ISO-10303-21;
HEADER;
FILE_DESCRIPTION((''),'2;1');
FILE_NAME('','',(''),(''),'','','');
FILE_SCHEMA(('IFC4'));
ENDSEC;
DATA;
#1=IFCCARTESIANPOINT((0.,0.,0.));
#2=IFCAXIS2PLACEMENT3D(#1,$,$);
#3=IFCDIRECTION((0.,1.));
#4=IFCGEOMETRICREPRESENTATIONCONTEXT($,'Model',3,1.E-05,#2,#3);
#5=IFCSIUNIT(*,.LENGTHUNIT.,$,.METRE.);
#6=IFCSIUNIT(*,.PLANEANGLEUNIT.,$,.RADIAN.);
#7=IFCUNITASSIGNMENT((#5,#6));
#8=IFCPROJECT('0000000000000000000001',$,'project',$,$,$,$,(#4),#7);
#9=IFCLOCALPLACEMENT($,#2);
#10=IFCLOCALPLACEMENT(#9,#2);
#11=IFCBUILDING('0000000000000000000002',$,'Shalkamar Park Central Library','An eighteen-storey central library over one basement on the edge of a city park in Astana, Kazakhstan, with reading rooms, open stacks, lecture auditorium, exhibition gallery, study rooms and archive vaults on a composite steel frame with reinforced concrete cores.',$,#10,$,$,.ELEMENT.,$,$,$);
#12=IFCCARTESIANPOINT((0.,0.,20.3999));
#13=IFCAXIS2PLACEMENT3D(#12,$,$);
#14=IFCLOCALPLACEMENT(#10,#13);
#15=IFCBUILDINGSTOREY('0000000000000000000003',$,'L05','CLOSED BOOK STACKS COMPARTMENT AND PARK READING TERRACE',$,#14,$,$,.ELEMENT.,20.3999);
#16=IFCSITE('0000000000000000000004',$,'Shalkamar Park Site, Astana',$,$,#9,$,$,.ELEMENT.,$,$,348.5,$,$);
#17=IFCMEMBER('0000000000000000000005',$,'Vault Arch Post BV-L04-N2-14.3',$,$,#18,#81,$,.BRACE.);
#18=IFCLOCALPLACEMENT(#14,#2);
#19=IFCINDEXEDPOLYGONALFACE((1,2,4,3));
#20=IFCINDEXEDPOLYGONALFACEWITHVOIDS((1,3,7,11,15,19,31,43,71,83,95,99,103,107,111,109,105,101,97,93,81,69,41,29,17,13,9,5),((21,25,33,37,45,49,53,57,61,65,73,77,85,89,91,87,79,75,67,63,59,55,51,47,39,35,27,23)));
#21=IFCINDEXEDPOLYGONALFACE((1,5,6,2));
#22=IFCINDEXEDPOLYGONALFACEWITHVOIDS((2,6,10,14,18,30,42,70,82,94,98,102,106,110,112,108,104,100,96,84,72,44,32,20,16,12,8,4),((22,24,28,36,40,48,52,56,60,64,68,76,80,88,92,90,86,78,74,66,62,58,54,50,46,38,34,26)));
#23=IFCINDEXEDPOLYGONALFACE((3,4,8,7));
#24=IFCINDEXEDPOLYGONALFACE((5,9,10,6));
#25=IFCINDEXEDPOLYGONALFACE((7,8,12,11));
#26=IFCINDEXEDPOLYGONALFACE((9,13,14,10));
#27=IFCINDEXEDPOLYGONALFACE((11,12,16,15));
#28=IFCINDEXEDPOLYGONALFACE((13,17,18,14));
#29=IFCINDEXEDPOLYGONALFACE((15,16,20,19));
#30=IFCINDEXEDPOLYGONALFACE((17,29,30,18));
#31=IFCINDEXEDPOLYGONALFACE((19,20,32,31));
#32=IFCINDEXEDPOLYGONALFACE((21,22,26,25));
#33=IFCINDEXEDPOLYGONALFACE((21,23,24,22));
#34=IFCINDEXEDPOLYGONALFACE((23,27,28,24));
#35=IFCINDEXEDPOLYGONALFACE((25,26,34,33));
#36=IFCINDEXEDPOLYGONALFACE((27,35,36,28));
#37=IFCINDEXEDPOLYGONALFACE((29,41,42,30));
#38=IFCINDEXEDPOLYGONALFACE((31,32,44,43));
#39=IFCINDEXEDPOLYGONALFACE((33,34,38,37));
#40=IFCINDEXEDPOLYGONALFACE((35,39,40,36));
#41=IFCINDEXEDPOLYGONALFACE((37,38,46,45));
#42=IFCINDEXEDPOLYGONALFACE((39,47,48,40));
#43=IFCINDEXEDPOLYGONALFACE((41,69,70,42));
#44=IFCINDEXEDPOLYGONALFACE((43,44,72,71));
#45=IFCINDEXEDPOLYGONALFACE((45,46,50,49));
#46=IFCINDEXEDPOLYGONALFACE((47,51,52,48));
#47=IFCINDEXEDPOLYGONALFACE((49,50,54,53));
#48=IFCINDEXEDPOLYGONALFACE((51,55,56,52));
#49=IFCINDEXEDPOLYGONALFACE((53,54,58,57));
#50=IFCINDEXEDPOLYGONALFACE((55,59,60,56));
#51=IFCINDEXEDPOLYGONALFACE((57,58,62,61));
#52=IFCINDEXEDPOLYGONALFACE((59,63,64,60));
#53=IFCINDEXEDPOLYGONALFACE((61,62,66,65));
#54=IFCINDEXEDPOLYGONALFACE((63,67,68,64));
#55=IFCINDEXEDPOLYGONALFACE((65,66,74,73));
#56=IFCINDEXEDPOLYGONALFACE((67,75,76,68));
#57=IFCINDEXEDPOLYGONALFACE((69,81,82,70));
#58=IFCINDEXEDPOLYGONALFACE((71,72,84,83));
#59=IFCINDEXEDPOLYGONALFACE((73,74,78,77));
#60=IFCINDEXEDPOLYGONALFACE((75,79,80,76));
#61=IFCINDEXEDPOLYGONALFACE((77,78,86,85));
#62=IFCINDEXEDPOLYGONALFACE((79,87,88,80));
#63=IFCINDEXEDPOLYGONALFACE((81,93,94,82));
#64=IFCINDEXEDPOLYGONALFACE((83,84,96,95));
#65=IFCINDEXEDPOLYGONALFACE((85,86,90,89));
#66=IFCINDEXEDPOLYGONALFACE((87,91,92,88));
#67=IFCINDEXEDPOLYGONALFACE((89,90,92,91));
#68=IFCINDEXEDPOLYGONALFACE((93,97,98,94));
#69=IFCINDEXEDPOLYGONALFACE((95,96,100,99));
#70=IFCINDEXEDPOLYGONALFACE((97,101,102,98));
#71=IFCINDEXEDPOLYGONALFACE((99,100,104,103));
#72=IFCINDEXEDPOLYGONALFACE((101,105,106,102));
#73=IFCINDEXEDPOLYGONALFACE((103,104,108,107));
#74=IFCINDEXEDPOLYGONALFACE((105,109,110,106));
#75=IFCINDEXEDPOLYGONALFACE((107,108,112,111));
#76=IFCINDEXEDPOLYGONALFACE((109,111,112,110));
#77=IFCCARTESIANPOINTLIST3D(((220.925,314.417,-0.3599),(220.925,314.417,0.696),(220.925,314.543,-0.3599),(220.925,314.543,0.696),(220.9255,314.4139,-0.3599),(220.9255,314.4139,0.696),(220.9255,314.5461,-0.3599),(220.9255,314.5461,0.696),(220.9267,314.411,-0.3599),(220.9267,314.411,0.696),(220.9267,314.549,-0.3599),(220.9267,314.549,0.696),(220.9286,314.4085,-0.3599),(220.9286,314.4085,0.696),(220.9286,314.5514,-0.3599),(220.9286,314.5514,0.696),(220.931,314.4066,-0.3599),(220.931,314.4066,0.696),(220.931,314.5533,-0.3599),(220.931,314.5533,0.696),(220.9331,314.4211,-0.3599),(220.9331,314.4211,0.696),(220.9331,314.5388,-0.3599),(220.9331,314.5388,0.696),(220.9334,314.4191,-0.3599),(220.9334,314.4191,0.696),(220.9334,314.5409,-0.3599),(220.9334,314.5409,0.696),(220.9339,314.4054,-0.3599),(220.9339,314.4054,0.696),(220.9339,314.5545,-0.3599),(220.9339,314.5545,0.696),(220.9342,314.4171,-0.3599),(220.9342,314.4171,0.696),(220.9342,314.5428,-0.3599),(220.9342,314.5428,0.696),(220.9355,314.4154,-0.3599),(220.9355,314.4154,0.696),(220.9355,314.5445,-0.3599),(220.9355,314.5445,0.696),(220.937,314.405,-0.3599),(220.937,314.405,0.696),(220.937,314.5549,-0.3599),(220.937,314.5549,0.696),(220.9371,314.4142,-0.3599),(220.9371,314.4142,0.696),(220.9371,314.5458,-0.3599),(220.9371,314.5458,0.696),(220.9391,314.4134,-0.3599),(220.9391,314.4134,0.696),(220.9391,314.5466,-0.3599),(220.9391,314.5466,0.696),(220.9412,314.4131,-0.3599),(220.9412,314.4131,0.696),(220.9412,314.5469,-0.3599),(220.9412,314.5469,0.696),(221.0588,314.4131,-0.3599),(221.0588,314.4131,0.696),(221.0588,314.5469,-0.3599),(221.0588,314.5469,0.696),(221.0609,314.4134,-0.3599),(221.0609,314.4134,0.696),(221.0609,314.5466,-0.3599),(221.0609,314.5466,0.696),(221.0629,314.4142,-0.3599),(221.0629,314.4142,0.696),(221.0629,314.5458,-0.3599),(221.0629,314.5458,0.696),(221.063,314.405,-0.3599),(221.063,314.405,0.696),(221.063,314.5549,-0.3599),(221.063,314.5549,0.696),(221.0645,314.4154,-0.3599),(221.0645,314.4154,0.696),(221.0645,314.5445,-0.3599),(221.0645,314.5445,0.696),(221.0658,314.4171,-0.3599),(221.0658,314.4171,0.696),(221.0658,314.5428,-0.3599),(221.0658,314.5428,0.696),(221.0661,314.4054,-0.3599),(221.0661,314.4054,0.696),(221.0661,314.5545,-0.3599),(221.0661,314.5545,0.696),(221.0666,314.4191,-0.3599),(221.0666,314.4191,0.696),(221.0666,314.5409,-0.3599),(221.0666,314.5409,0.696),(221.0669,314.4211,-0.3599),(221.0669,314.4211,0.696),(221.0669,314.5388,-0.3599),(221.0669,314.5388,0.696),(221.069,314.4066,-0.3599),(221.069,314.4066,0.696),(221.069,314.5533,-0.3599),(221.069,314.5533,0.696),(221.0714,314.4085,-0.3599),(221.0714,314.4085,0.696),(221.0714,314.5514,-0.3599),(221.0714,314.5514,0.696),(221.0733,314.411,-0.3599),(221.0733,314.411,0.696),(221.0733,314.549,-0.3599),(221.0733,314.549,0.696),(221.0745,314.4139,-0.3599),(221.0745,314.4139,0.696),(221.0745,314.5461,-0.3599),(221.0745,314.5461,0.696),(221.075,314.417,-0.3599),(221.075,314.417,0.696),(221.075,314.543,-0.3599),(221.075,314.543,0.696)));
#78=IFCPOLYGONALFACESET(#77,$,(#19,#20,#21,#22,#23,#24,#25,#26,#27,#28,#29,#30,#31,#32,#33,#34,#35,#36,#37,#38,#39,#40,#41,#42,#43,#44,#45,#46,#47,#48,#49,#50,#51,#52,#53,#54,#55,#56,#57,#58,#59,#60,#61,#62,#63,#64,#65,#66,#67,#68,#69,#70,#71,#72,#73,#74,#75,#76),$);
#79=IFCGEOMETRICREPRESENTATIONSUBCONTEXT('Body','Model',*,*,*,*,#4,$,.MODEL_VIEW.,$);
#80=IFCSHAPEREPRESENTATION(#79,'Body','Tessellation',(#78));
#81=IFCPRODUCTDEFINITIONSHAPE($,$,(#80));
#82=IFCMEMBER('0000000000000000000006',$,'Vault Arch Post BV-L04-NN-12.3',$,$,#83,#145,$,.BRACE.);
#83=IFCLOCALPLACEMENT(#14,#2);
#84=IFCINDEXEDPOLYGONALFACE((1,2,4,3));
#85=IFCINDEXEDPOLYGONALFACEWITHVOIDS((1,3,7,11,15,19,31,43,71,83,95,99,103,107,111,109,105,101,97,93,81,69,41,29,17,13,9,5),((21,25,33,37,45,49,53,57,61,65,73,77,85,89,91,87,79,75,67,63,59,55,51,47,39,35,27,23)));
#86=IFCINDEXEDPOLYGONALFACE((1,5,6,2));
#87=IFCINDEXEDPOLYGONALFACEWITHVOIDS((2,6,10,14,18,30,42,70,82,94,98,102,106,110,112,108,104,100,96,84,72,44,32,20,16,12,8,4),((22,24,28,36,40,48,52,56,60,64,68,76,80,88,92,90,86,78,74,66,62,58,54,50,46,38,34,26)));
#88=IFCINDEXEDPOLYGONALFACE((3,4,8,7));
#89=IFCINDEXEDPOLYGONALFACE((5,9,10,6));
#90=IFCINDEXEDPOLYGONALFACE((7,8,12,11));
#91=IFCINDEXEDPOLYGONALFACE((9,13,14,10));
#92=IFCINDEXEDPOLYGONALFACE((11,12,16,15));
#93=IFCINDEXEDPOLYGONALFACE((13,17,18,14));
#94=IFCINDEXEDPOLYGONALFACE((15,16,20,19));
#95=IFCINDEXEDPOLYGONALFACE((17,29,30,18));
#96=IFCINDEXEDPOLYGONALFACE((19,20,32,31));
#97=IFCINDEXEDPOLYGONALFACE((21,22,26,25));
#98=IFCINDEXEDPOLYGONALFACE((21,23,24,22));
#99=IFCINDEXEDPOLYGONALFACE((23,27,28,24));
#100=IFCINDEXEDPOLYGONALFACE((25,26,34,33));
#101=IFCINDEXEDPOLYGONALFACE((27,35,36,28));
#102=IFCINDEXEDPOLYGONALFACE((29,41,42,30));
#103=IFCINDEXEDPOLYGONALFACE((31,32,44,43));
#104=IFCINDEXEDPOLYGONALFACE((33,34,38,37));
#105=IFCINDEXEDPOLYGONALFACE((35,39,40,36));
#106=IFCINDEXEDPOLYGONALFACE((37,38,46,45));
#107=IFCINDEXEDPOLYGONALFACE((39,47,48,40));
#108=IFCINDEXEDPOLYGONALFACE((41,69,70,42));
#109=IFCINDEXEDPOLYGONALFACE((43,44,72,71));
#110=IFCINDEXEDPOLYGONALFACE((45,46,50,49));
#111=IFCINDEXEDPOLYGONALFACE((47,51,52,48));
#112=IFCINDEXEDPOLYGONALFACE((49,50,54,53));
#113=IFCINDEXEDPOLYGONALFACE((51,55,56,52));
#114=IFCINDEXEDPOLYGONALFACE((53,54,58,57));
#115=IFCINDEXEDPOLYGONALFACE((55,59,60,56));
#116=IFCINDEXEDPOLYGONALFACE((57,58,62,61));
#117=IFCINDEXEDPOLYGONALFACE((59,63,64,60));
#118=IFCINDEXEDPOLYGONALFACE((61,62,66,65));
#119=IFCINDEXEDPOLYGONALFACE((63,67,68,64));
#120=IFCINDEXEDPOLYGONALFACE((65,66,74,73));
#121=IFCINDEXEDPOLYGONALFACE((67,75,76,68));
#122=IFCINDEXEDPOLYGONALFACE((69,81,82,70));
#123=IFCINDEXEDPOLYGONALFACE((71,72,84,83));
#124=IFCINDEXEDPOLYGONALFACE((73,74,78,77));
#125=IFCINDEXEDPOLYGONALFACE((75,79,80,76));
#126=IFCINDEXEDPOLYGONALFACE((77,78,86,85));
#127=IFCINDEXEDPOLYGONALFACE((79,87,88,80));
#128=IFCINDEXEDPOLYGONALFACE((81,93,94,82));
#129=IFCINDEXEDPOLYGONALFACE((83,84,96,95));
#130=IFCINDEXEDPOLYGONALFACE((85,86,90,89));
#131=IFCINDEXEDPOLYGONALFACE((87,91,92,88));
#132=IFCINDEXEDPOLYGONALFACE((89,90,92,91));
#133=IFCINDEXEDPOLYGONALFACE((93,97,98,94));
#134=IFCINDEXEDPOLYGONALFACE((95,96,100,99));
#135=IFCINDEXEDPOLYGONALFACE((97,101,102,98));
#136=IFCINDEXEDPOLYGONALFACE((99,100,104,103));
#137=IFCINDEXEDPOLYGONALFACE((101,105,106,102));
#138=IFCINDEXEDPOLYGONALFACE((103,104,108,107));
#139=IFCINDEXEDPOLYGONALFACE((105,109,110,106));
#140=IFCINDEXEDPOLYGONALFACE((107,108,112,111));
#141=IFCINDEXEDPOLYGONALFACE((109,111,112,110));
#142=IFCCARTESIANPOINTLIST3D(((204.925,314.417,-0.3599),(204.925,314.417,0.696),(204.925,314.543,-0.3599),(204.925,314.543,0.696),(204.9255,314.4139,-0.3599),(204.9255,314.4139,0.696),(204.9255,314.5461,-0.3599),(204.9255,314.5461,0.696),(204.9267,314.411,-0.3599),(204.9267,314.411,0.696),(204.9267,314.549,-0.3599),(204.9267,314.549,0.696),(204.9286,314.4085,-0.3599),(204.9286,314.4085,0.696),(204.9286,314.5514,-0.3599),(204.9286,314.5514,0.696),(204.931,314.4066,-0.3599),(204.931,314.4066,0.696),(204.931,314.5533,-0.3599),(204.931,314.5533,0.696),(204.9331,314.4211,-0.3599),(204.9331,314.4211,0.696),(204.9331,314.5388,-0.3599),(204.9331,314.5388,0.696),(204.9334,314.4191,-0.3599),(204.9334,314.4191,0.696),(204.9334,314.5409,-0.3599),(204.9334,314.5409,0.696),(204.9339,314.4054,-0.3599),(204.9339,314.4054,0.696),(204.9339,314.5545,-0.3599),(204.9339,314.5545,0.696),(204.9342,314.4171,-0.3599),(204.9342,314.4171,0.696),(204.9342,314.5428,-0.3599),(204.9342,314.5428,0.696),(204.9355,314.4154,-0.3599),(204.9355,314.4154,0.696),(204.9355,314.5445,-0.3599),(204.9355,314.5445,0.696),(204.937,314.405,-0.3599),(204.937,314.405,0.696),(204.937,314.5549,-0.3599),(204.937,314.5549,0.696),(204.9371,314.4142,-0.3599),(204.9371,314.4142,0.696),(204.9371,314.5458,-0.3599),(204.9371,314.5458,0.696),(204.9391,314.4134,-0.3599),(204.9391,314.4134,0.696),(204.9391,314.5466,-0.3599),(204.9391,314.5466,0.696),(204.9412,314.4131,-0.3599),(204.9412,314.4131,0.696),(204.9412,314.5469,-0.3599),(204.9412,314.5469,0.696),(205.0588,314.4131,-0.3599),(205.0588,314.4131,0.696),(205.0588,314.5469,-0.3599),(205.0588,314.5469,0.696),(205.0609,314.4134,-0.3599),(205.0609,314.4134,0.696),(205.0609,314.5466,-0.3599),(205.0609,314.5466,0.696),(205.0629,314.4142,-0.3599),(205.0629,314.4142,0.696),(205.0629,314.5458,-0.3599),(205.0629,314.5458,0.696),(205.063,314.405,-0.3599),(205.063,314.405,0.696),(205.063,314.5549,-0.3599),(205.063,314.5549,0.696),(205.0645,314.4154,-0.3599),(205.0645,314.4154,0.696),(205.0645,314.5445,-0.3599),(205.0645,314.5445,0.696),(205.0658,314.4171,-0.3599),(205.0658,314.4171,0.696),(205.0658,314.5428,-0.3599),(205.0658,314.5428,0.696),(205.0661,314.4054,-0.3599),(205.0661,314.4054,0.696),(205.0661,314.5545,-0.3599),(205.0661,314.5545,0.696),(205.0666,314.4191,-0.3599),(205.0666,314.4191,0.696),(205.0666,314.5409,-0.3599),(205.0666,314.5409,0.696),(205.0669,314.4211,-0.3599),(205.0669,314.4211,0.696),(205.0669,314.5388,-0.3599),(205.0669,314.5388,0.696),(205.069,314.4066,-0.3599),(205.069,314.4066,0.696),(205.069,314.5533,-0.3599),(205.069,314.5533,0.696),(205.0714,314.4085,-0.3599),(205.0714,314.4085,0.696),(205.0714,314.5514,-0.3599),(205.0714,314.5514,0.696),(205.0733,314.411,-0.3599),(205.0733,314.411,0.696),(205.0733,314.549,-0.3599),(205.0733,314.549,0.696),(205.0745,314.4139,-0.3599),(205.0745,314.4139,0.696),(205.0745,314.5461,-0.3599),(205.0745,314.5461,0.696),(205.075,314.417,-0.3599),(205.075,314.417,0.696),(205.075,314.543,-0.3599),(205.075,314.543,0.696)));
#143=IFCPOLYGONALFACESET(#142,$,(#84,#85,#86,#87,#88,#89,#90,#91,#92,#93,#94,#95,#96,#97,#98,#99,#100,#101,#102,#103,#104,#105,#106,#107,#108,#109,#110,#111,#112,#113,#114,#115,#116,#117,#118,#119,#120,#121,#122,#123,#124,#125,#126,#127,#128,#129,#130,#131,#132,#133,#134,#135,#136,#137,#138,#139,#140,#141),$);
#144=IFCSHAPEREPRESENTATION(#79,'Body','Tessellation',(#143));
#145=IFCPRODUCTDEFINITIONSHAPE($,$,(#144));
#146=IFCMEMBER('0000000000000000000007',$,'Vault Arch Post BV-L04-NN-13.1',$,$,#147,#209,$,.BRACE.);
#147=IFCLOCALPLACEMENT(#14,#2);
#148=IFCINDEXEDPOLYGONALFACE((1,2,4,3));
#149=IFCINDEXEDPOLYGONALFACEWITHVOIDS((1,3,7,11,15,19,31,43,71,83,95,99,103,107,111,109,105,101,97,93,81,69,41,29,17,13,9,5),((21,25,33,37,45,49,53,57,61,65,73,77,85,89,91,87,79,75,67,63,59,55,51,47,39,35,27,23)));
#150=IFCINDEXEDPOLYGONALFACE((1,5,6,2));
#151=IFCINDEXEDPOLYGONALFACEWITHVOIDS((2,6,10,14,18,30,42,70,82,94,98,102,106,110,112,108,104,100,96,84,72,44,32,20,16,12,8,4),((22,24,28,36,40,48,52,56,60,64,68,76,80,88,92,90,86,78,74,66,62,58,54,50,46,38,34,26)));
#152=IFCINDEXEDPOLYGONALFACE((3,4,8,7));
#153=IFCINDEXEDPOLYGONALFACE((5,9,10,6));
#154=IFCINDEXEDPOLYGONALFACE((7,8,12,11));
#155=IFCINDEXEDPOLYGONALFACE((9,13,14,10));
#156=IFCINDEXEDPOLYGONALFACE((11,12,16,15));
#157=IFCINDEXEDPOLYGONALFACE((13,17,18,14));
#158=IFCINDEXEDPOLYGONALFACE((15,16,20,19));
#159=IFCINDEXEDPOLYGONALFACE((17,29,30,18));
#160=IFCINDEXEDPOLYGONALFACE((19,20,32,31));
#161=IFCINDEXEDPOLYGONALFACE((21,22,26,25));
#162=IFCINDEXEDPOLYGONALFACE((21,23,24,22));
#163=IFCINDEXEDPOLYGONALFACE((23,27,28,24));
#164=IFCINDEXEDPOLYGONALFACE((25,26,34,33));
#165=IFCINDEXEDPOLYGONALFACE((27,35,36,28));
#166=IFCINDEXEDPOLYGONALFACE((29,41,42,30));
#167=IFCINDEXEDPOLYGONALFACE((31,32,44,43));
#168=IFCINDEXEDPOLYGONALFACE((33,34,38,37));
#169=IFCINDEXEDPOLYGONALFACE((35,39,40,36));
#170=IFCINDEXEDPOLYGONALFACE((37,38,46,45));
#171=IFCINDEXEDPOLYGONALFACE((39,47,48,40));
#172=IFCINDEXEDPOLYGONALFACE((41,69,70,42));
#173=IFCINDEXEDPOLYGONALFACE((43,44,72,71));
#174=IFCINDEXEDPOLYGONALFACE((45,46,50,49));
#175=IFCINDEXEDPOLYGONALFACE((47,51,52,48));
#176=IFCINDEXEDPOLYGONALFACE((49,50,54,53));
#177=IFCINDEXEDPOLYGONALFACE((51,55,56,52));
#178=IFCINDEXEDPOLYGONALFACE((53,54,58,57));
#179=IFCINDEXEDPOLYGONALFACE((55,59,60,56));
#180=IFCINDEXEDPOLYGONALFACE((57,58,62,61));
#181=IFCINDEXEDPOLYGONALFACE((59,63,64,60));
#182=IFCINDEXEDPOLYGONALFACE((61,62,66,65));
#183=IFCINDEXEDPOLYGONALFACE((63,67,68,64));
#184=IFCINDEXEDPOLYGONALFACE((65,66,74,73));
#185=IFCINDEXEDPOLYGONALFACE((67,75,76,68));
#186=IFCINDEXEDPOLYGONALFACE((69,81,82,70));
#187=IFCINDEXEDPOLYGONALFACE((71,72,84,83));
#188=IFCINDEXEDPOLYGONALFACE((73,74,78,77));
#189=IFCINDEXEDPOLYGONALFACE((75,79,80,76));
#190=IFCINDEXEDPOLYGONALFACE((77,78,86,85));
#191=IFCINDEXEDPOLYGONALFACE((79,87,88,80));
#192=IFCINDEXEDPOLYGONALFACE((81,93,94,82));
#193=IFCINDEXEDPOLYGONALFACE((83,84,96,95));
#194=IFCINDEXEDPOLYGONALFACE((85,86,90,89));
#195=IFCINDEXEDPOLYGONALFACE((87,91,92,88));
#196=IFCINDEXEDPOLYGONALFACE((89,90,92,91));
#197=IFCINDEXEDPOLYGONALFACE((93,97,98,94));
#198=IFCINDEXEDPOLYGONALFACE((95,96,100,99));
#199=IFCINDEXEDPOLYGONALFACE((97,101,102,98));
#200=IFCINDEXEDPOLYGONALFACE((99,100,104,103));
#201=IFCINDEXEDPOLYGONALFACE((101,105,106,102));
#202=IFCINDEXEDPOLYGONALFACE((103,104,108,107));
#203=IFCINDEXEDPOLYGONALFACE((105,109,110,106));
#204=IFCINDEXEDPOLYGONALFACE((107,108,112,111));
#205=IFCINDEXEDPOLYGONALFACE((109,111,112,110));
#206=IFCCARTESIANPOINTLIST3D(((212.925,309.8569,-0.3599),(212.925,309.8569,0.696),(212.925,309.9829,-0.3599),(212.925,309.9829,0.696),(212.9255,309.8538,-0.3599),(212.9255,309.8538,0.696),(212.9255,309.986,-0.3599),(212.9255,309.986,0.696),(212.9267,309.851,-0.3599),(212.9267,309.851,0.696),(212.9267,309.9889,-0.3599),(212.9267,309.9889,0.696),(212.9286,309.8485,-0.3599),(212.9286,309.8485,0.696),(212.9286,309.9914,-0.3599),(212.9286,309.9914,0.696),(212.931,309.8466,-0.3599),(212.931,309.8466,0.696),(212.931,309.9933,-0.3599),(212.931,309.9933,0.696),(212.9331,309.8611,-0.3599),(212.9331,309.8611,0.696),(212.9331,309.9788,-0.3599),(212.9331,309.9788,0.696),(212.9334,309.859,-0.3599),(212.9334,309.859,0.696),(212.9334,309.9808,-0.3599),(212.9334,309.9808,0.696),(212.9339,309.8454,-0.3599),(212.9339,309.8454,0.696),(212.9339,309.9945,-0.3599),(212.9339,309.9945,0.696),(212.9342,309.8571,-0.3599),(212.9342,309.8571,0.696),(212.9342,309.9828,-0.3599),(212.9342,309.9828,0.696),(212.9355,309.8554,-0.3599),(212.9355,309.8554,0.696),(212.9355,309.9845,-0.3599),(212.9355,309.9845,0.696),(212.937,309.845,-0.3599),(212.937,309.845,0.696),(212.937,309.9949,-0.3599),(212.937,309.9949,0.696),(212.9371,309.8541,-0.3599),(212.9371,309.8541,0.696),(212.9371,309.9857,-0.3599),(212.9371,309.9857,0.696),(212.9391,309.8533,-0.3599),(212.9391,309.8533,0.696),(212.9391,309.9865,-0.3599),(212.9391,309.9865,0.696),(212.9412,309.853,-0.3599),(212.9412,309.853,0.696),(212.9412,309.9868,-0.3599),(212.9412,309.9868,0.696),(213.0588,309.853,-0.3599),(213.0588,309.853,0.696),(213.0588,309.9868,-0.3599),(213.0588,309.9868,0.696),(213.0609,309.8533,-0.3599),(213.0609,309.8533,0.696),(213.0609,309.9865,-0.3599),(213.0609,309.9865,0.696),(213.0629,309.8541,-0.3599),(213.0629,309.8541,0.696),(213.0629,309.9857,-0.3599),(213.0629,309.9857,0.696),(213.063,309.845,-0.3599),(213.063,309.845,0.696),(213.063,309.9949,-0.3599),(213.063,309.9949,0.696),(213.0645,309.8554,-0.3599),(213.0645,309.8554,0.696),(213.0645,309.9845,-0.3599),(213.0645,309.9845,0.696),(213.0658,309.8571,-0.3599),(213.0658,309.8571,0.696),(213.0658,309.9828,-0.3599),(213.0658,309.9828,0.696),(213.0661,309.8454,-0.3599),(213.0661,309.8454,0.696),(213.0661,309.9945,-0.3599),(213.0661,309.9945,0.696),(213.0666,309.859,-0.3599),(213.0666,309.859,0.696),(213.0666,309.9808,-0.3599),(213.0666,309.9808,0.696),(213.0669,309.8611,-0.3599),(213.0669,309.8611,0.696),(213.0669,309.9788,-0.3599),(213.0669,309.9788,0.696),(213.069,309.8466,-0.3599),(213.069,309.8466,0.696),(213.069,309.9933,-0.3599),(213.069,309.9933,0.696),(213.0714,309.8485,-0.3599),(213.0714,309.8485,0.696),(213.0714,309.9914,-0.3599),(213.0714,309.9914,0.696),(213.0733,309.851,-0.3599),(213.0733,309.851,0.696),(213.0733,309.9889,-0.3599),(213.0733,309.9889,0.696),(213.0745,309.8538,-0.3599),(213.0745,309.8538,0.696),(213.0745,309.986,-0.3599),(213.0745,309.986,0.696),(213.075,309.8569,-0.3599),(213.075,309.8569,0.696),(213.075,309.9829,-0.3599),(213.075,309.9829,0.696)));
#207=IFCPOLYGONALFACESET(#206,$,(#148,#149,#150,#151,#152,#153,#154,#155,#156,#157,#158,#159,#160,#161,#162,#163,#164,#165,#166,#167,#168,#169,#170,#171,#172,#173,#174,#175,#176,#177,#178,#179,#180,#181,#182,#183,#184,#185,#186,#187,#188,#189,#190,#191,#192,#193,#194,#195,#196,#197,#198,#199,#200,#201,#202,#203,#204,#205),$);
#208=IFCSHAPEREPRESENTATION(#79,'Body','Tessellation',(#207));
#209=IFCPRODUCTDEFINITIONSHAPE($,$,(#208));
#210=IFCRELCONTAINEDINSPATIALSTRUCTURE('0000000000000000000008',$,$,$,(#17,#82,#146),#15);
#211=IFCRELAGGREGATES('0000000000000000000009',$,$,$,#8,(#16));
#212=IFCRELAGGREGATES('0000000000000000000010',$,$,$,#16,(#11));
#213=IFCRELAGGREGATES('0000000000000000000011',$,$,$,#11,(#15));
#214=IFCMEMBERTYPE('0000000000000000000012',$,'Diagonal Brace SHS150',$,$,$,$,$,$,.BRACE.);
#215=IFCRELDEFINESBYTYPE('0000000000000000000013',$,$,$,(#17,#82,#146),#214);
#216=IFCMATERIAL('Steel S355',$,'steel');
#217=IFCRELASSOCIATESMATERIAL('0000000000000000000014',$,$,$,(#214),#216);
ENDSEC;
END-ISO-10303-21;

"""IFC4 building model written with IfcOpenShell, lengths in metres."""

from ifc_helpers import new_model, si_unit, direction, frame, origin, origin_2d, place, context, subcontext, project, spatial, hollow_rectangle, extrude, material, material_profile, profile_set, type_object, element, save


model = new_model("IFC4")

# Units and contexts
model_context = context("Model", 3, precision=1e-05, world=origin(), true_north=direction((0.0, 1.0)))
body_context = subcontext(model_context, "Body", "Model", "MODEL_VIEW")
ifc_project = project(units=[si_unit("LENGTHUNIT", "METRE"), si_unit("PLANEANGLEUNIT", "RADIAN")], contexts=[model_context])

# Site, building, storey
site_placement = place(None, origin())
site = spatial("IfcSite", under=ifc_project, at=site_placement, Name="Shalkamar Park Site, Astana", CompositionType="ELEMENT", RefElevation=348.5)
building_placement = place(site_placement, origin())
building = spatial("IfcBuilding", under=site, at=building_placement, Name="Shalkamar Park Central Library", Description="An eighteen-storey central library over one basement on the edge of a city park in Astana, Kazakhstan, with reading rooms, open stacks, lecture auditorium, exhibition gallery, study rooms and archive vaults on a composite steel frame with reinforced concrete cores.", CompositionType="ELEMENT")
storey_placement = place(building_placement, frame((0.0, 0.0, 20.3999)))
storey = spatial("IfcBuildingStorey", under=building, at=storey_placement, Name="L05", Description="CLOSED BOOK STACKS COMPARTMENT AND PARK READING TERRACE", CompositionType="ELEMENT", Elevation=20.3999)

# Members
ifc_material_1 = material(Name="Steel S355", Category="steel")
ifc_material_profile_1 = material_profile(ifc_material_1, hollow_rectangle(XDim=0.1499, YDim=0.1499, WallThickness=0.0081, InnerFilletRadius=0.0081, OuterFilletRadius=0.012, at=origin_2d()), Name="SHS 150x150x8")
ifc_profile_set_1 = profile_set([ifc_material_profile_1], Name="Steel S355")
member_type_1 = type_object("IfcMemberType", Name="Diagonal Brace SHS150", PredefinedType="BRACE", material=ifc_profile_set_1)
for number, where, z_axis, x_axis, name in (
    (1, (221.0, 314.48, -0.3599), (0.0, 0.0, 1.0), (1.0, 0.0, 0.0), "Vault Arch Post BV-L04-N2-14.3"),
    (2, (205.0, 314.48, -0.3599), (0.0, 0.0, 1.0), (1.0, 0.0, 0.0), "Vault Arch Post BV-L04-NN-12.3"),
    (3, (213.0, 309.9199, -0.3599), (0.0, 0.0, 1.0), (1.0, 0.0, 0.0), "Vault Arch Post BV-L04-NN-13.1"),
):
    element("IfcMember", number, at=place(storey_placement, frame(where, z_axis=z_axis, x_axis=x_axis)), inside=storey, type_object=member_type_1, Name=name, PredefinedType="BRACE", context=body_context, shape_type="SweptSolid", body=[
        extrude(hollow_rectangle(XDim=0.1499, YDim=0.1499, WallThickness=0.0081, InnerFilletRadius=0.0081, OuterFilletRadius=0.012, at=origin_2d()), origin(), (0.0, 0.0, 1.0), 1.0559),
    ])

save(model, "model.ifc")
